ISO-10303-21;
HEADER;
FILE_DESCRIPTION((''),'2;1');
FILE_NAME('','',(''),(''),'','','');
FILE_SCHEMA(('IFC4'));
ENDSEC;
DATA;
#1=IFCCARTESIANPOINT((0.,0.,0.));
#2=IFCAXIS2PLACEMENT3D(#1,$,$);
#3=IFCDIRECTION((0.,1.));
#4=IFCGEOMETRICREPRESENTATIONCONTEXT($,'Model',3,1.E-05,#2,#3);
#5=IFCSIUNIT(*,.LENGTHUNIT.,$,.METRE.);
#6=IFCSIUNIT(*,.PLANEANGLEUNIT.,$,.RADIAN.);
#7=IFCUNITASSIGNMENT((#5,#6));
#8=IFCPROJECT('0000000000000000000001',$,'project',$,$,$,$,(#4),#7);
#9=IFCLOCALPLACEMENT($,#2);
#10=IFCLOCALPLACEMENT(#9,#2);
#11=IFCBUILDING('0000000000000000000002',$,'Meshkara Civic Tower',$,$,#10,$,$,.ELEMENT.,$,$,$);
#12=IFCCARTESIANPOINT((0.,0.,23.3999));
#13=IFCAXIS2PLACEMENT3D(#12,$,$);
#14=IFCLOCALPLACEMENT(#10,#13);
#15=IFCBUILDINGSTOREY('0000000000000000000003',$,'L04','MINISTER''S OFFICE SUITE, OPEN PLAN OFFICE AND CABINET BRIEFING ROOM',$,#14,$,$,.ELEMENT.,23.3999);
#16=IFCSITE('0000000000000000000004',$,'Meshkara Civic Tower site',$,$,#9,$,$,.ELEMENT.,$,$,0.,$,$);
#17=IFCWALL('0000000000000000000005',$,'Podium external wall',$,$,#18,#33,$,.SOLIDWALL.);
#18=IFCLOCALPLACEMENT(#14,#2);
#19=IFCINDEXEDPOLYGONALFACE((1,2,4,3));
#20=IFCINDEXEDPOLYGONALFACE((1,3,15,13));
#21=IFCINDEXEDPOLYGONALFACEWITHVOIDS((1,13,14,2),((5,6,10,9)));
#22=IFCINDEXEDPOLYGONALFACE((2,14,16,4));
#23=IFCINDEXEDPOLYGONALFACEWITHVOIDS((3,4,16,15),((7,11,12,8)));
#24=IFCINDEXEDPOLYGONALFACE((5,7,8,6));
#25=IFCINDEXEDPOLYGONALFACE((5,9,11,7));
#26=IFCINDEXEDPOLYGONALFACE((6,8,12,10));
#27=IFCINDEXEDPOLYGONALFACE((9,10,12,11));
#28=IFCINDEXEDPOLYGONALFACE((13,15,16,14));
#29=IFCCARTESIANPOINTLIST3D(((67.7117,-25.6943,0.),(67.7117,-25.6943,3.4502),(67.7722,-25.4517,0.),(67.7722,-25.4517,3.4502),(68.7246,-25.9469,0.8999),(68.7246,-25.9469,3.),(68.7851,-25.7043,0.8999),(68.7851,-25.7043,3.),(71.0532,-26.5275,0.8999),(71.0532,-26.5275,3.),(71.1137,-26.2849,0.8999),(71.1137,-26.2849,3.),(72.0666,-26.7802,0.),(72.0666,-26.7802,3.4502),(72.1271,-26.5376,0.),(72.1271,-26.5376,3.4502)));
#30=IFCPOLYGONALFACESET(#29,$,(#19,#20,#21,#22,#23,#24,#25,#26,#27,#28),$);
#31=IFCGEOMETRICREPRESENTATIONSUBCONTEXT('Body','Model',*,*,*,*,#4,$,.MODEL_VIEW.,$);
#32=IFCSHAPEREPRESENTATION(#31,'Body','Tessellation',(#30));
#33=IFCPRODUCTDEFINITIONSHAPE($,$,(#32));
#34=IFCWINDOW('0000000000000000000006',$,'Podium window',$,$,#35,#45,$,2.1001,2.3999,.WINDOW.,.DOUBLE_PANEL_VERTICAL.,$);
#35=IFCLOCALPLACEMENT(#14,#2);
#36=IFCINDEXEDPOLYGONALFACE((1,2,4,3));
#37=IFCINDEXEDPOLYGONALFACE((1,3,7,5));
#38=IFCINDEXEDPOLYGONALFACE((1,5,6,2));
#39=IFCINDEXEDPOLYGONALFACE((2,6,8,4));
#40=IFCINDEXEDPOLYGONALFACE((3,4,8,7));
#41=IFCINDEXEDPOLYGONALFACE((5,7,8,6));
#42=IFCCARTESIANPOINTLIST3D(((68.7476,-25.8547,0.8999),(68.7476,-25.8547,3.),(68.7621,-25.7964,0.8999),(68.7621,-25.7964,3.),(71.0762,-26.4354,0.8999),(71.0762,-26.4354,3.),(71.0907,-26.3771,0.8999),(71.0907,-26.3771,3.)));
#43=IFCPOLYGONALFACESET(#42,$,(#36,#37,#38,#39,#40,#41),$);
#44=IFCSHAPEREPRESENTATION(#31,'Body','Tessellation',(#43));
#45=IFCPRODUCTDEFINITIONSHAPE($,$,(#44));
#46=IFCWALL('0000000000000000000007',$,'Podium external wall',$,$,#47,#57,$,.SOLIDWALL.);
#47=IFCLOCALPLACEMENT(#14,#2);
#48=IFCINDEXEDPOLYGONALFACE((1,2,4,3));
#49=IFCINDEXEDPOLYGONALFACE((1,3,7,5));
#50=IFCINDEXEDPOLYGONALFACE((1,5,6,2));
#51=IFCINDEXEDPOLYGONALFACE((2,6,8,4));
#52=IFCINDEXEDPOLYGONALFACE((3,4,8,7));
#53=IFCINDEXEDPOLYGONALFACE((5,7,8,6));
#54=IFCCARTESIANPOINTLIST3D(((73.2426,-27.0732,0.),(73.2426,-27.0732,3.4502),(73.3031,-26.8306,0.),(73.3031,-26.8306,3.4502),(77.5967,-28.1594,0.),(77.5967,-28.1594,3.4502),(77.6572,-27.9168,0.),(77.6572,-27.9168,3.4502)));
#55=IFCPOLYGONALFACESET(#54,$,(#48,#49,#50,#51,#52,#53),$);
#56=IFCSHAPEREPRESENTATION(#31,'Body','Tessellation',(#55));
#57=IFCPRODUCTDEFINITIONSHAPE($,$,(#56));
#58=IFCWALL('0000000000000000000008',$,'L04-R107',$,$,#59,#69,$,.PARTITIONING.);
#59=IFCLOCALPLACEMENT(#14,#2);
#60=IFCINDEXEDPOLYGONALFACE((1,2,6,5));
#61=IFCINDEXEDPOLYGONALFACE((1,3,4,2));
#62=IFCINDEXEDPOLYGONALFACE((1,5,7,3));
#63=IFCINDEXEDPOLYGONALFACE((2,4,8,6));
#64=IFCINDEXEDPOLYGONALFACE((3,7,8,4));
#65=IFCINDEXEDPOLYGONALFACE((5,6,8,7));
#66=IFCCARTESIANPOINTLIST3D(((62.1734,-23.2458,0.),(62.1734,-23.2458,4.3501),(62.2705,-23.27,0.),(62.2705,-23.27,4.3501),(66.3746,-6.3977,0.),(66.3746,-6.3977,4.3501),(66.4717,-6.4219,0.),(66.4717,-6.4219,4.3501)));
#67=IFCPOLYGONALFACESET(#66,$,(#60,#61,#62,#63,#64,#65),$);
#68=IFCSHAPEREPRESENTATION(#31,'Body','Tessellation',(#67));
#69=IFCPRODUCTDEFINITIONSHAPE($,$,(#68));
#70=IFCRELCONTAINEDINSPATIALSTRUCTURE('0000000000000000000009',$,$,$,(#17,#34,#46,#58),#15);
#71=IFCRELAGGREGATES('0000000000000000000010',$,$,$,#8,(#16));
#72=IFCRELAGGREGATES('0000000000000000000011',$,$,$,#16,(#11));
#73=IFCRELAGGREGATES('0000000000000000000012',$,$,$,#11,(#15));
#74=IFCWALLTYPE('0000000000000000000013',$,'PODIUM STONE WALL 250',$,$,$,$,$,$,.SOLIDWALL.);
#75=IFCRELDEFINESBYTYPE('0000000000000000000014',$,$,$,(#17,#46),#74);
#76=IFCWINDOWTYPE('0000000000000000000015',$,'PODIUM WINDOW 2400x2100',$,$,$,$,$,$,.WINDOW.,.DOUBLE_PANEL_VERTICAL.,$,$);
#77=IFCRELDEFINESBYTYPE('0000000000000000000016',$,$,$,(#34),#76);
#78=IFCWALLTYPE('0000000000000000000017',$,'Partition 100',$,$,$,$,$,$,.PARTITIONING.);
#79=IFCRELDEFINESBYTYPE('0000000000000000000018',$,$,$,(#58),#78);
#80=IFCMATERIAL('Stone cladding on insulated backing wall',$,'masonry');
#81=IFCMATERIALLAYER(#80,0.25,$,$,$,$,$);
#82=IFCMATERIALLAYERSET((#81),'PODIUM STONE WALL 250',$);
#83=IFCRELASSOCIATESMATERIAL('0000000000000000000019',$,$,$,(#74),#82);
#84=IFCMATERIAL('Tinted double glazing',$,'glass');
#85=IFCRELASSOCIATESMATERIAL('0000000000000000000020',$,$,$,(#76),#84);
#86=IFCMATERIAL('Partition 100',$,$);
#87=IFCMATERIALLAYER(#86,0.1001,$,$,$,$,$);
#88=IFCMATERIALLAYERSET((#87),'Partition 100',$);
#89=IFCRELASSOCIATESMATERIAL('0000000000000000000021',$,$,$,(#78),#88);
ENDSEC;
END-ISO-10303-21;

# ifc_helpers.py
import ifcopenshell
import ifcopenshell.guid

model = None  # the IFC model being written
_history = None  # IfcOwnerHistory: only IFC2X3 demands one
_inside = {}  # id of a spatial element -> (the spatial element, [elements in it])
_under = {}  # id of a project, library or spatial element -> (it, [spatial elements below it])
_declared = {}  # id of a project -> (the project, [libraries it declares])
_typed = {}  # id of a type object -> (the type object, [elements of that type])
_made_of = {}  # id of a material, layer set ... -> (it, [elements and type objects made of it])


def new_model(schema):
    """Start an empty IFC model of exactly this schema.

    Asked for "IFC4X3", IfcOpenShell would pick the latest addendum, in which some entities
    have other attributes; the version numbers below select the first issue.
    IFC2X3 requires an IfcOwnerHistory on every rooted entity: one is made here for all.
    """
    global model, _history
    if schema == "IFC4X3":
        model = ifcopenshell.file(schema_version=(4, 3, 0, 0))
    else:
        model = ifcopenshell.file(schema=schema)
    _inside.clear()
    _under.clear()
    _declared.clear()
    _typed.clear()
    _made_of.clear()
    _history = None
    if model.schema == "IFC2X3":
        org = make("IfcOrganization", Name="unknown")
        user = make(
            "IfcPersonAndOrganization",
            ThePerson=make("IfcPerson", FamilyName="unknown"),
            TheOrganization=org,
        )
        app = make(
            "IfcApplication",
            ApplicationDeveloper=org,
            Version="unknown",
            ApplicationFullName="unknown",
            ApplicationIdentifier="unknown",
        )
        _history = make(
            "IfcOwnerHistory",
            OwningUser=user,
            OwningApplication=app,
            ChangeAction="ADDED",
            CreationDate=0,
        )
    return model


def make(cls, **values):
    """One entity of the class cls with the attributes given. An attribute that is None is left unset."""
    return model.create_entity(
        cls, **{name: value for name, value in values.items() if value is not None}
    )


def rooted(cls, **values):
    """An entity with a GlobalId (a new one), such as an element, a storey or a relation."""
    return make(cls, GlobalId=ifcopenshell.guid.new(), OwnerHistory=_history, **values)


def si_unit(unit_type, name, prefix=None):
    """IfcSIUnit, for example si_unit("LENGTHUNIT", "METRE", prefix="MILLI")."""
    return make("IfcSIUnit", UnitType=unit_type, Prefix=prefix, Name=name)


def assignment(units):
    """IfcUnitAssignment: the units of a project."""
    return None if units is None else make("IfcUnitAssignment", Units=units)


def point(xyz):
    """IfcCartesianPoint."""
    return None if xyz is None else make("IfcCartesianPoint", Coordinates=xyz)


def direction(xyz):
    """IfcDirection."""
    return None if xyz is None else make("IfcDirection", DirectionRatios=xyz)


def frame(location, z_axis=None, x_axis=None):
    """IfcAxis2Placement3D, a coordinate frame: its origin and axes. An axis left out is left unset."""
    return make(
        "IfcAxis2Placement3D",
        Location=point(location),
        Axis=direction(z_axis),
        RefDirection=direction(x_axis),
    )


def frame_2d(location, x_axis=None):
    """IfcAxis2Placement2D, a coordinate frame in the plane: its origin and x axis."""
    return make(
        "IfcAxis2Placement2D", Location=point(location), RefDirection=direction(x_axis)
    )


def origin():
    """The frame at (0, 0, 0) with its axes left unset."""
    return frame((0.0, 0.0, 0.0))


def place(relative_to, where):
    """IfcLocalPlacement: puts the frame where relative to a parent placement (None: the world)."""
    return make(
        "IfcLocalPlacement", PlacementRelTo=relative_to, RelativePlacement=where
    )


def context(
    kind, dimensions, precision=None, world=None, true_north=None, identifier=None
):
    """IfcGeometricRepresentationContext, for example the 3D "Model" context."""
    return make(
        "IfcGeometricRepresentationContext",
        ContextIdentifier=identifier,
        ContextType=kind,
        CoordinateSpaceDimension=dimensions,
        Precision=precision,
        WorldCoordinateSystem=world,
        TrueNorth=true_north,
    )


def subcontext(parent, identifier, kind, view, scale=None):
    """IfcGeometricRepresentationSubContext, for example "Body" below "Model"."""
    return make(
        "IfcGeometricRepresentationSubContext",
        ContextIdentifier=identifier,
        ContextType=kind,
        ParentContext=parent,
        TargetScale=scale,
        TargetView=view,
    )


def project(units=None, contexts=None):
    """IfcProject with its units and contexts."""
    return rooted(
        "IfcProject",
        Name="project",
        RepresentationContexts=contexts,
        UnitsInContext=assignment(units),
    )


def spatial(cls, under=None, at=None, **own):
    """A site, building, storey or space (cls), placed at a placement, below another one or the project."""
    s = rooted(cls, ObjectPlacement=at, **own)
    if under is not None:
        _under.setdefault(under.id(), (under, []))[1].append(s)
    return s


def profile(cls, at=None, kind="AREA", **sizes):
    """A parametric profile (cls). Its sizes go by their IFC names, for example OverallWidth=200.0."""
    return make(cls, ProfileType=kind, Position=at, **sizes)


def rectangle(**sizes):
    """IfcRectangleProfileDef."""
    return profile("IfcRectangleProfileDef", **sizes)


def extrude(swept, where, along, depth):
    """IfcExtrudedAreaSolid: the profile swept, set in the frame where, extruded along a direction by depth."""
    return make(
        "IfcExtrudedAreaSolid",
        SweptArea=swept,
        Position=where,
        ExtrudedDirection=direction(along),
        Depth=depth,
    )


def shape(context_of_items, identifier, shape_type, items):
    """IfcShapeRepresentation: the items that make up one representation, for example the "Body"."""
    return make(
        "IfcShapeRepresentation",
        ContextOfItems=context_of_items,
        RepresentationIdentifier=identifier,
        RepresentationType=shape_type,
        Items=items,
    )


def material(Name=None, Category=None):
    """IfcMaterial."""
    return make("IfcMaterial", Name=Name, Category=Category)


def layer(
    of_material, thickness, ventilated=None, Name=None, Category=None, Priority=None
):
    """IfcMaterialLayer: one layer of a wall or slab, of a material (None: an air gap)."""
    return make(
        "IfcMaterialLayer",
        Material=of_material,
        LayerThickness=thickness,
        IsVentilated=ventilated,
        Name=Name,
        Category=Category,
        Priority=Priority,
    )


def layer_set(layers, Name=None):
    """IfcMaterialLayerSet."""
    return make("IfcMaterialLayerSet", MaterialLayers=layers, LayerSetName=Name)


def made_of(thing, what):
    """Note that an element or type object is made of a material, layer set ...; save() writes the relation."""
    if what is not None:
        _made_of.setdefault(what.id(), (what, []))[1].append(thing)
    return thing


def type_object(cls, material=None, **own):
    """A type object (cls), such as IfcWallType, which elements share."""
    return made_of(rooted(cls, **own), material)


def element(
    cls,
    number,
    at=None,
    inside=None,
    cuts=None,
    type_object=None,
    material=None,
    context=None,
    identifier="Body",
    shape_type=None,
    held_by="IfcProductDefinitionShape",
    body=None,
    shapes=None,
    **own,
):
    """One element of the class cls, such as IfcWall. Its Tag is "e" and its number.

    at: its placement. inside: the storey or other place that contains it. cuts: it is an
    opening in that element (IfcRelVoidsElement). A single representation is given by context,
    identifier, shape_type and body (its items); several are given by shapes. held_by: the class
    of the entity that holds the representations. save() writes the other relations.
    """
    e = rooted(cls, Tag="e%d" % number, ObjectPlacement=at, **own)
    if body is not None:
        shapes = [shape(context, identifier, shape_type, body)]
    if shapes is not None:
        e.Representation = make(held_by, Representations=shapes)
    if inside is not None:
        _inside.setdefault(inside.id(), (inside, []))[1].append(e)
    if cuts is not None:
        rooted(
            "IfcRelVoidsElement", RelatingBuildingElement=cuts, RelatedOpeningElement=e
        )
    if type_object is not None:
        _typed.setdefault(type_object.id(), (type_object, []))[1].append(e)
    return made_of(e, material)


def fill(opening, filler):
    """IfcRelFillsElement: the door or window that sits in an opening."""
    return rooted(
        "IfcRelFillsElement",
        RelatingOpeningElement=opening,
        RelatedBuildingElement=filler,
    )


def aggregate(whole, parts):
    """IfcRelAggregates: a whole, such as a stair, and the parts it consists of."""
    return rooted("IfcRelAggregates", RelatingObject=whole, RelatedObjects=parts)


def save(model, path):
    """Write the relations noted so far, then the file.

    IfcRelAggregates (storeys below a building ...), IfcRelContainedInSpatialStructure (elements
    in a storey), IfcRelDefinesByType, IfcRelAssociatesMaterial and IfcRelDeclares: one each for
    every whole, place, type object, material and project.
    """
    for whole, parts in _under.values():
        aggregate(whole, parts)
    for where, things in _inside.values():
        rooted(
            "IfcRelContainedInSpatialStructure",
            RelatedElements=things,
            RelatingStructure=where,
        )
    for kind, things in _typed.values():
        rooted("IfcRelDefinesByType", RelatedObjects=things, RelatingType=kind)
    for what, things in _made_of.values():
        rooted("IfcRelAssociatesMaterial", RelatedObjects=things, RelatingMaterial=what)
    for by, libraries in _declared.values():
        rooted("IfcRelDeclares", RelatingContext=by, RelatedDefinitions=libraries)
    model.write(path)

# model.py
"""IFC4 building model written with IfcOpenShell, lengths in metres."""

from ifc_helpers import new_model, si_unit, direction, frame, frame_2d, origin, place, context, subcontext, project, spatial, rectangle, extrude, material, layer, layer_set, type_object, element, fill, save


model = new_model("IFC4")

# Units and contexts
model_context = context("Model", 3, precision=1e-05, world=origin(), true_north=direction((0.0, 1.0)))
body_context = subcontext(model_context, "Body", "Model", "MODEL_VIEW")
ifc_project = project(units=[si_unit("LENGTHUNIT", "METRE"), si_unit("PLANEANGLEUNIT", "RADIAN")], contexts=[model_context])

# Site, building, storey
site_placement = place(None, origin())
site = spatial("IfcSite", under=ifc_project, at=site_placement, Name="Meshkara Civic Tower site", CompositionType="ELEMENT", RefElevation=0.0)
building_placement = place(site_placement, origin())
building = spatial("IfcBuilding", under=site, at=building_placement, Name="Meshkara Civic Tower", CompositionType="ELEMENT")
storey_placement = place(building_placement, frame((0.0, 0.0, 23.3999)))
storey = spatial("IfcBuildingStorey", under=building, at=storey_placement, Name="L04", Description="MINISTER'S OFFICE SUITE, OPEN PLAN OFFICE AND CABINET BRIEFING ROOM", CompositionType="ELEMENT", Elevation=23.3999)

# Shared definitions
ifc_material_1 = material(Name="Stone cladding on insulated backing wall", Category="masonry")
ifc_layer_1 = layer(ifc_material_1, 0.25)
ifc_layer_set_1 = layer_set([ifc_layer_1], Name="PODIUM STONE WALL 250")
wall_type_1 = type_object("IfcWallType", Name="PODIUM STONE WALL 250", PredefinedType="SOLIDWALL", material=ifc_layer_set_1)

# Wall, opening, window
wall_1_placement = place(storey_placement, frame((67.7419, -25.573, 0.0), z_axis=(0.0, 0.0, 1.0), x_axis=(0.97029, -0.241947, 0.0)))
wall_1 = element("IfcWall", 1, at=wall_1_placement, inside=storey, type_object=wall_type_1, Name="Podium external wall", PredefinedType="SOLIDWALL", context=body_context, shape_type="SweptSolid", body=[
    extrude(rectangle(XDim=4.4883, YDim=0.25, at=frame_2d((2.2441, 0.0))), origin(), (0.0, 0.0, 1.0), 3.4502),
])
opening_placement = place(wall_1_placement, frame((1.0439, 0.0, 0.8999)))
opening = element("IfcOpeningElement", 2, at=opening_placement, cuts=wall_1, PredefinedType="OPENING", context=body_context, shape_type="SweptSolid", body=[
    extrude(rectangle(XDim=2.3999, YDim=2.1001, at=frame_2d((1.2, 1.05))), frame((0.0, 0.135, 0.0), z_axis=(0.0, -1.0, 0.0), x_axis=(1.0, 0.0, 0.0)), (0.0, 0.0, 1.0), 0.27),
])
ifc_material_2 = material(Name="Tinted double glazing", Category="glass")
window_type = type_object("IfcWindowType", Name="PODIUM WINDOW 2400x2100", PartitioningType="DOUBLE_PANEL_VERTICAL", PredefinedType="WINDOW", material=ifc_material_2)
window_placement = place(opening_placement, origin())
window = element("IfcWindow", 3, at=window_placement, inside=storey, type_object=window_type, Name="Podium window", OverallHeight=2.1001, OverallWidth=2.3999, PartitioningType="DOUBLE_PANEL_VERTICAL", PredefinedType="WINDOW", context=body_context, shape_type="SweptSolid", body=[
    extrude(rectangle(XDim=2.3999, YDim=2.1001, at=frame_2d((1.2, 1.05))), frame((0.0, 0.03, 0.0), z_axis=(0.0, -1.0, 0.0), x_axis=(1.0, 0.0, 0.0)), (0.0, 0.0, 1.0), 0.0601),
])
fill(opening, window)

# Walls
wall_2_placement = place(storey_placement, frame((73.2729, -26.9519, 0.0), z_axis=(0.0, 0.0, 1.0), x_axis=(0.970264, -0.242049, 0.0)))
element("IfcWall", 4, at=wall_2_placement, inside=storey, type_object=wall_type_1, Name="Podium external wall", PredefinedType="SOLIDWALL", context=body_context, shape_type="SweptSolid", body=[
    extrude(rectangle(XDim=4.4875, YDim=0.25, at=frame_2d((2.2437, 0.0))), origin(), (0.0, 0.0, 1.0), 3.4502),
])
ifc_material_3 = material(Name="Partition 100")
ifc_layer_2 = layer(ifc_material_3, 0.1001)
ifc_layer_set_2 = layer_set([ifc_layer_2], Name="Partition 100")
wall_type_2 = type_object("IfcWallType", Name="Partition 100", PredefinedType="PARTITIONING", material=ifc_layer_set_2)
wall_3_placement = place(storey_placement, frame((62.2219, -23.2581, 0.0), z_axis=(0.0, 0.0, 1.0), x_axis=(0.241947, 0.97029, 0.0)))
element("IfcWall", 5, at=wall_3_placement, inside=storey, type_object=wall_type_2, Name="L04-R107", PredefinedType="PARTITIONING", context=body_context, shape_type="SweptSolid", body=[
    extrude(rectangle(XDim=17.364, YDim=0.1001, at=frame_2d((8.6821, 0.0))), origin(), (0.0, 0.0, 1.0), 4.3501),
])

save(model, "model.ifc")
